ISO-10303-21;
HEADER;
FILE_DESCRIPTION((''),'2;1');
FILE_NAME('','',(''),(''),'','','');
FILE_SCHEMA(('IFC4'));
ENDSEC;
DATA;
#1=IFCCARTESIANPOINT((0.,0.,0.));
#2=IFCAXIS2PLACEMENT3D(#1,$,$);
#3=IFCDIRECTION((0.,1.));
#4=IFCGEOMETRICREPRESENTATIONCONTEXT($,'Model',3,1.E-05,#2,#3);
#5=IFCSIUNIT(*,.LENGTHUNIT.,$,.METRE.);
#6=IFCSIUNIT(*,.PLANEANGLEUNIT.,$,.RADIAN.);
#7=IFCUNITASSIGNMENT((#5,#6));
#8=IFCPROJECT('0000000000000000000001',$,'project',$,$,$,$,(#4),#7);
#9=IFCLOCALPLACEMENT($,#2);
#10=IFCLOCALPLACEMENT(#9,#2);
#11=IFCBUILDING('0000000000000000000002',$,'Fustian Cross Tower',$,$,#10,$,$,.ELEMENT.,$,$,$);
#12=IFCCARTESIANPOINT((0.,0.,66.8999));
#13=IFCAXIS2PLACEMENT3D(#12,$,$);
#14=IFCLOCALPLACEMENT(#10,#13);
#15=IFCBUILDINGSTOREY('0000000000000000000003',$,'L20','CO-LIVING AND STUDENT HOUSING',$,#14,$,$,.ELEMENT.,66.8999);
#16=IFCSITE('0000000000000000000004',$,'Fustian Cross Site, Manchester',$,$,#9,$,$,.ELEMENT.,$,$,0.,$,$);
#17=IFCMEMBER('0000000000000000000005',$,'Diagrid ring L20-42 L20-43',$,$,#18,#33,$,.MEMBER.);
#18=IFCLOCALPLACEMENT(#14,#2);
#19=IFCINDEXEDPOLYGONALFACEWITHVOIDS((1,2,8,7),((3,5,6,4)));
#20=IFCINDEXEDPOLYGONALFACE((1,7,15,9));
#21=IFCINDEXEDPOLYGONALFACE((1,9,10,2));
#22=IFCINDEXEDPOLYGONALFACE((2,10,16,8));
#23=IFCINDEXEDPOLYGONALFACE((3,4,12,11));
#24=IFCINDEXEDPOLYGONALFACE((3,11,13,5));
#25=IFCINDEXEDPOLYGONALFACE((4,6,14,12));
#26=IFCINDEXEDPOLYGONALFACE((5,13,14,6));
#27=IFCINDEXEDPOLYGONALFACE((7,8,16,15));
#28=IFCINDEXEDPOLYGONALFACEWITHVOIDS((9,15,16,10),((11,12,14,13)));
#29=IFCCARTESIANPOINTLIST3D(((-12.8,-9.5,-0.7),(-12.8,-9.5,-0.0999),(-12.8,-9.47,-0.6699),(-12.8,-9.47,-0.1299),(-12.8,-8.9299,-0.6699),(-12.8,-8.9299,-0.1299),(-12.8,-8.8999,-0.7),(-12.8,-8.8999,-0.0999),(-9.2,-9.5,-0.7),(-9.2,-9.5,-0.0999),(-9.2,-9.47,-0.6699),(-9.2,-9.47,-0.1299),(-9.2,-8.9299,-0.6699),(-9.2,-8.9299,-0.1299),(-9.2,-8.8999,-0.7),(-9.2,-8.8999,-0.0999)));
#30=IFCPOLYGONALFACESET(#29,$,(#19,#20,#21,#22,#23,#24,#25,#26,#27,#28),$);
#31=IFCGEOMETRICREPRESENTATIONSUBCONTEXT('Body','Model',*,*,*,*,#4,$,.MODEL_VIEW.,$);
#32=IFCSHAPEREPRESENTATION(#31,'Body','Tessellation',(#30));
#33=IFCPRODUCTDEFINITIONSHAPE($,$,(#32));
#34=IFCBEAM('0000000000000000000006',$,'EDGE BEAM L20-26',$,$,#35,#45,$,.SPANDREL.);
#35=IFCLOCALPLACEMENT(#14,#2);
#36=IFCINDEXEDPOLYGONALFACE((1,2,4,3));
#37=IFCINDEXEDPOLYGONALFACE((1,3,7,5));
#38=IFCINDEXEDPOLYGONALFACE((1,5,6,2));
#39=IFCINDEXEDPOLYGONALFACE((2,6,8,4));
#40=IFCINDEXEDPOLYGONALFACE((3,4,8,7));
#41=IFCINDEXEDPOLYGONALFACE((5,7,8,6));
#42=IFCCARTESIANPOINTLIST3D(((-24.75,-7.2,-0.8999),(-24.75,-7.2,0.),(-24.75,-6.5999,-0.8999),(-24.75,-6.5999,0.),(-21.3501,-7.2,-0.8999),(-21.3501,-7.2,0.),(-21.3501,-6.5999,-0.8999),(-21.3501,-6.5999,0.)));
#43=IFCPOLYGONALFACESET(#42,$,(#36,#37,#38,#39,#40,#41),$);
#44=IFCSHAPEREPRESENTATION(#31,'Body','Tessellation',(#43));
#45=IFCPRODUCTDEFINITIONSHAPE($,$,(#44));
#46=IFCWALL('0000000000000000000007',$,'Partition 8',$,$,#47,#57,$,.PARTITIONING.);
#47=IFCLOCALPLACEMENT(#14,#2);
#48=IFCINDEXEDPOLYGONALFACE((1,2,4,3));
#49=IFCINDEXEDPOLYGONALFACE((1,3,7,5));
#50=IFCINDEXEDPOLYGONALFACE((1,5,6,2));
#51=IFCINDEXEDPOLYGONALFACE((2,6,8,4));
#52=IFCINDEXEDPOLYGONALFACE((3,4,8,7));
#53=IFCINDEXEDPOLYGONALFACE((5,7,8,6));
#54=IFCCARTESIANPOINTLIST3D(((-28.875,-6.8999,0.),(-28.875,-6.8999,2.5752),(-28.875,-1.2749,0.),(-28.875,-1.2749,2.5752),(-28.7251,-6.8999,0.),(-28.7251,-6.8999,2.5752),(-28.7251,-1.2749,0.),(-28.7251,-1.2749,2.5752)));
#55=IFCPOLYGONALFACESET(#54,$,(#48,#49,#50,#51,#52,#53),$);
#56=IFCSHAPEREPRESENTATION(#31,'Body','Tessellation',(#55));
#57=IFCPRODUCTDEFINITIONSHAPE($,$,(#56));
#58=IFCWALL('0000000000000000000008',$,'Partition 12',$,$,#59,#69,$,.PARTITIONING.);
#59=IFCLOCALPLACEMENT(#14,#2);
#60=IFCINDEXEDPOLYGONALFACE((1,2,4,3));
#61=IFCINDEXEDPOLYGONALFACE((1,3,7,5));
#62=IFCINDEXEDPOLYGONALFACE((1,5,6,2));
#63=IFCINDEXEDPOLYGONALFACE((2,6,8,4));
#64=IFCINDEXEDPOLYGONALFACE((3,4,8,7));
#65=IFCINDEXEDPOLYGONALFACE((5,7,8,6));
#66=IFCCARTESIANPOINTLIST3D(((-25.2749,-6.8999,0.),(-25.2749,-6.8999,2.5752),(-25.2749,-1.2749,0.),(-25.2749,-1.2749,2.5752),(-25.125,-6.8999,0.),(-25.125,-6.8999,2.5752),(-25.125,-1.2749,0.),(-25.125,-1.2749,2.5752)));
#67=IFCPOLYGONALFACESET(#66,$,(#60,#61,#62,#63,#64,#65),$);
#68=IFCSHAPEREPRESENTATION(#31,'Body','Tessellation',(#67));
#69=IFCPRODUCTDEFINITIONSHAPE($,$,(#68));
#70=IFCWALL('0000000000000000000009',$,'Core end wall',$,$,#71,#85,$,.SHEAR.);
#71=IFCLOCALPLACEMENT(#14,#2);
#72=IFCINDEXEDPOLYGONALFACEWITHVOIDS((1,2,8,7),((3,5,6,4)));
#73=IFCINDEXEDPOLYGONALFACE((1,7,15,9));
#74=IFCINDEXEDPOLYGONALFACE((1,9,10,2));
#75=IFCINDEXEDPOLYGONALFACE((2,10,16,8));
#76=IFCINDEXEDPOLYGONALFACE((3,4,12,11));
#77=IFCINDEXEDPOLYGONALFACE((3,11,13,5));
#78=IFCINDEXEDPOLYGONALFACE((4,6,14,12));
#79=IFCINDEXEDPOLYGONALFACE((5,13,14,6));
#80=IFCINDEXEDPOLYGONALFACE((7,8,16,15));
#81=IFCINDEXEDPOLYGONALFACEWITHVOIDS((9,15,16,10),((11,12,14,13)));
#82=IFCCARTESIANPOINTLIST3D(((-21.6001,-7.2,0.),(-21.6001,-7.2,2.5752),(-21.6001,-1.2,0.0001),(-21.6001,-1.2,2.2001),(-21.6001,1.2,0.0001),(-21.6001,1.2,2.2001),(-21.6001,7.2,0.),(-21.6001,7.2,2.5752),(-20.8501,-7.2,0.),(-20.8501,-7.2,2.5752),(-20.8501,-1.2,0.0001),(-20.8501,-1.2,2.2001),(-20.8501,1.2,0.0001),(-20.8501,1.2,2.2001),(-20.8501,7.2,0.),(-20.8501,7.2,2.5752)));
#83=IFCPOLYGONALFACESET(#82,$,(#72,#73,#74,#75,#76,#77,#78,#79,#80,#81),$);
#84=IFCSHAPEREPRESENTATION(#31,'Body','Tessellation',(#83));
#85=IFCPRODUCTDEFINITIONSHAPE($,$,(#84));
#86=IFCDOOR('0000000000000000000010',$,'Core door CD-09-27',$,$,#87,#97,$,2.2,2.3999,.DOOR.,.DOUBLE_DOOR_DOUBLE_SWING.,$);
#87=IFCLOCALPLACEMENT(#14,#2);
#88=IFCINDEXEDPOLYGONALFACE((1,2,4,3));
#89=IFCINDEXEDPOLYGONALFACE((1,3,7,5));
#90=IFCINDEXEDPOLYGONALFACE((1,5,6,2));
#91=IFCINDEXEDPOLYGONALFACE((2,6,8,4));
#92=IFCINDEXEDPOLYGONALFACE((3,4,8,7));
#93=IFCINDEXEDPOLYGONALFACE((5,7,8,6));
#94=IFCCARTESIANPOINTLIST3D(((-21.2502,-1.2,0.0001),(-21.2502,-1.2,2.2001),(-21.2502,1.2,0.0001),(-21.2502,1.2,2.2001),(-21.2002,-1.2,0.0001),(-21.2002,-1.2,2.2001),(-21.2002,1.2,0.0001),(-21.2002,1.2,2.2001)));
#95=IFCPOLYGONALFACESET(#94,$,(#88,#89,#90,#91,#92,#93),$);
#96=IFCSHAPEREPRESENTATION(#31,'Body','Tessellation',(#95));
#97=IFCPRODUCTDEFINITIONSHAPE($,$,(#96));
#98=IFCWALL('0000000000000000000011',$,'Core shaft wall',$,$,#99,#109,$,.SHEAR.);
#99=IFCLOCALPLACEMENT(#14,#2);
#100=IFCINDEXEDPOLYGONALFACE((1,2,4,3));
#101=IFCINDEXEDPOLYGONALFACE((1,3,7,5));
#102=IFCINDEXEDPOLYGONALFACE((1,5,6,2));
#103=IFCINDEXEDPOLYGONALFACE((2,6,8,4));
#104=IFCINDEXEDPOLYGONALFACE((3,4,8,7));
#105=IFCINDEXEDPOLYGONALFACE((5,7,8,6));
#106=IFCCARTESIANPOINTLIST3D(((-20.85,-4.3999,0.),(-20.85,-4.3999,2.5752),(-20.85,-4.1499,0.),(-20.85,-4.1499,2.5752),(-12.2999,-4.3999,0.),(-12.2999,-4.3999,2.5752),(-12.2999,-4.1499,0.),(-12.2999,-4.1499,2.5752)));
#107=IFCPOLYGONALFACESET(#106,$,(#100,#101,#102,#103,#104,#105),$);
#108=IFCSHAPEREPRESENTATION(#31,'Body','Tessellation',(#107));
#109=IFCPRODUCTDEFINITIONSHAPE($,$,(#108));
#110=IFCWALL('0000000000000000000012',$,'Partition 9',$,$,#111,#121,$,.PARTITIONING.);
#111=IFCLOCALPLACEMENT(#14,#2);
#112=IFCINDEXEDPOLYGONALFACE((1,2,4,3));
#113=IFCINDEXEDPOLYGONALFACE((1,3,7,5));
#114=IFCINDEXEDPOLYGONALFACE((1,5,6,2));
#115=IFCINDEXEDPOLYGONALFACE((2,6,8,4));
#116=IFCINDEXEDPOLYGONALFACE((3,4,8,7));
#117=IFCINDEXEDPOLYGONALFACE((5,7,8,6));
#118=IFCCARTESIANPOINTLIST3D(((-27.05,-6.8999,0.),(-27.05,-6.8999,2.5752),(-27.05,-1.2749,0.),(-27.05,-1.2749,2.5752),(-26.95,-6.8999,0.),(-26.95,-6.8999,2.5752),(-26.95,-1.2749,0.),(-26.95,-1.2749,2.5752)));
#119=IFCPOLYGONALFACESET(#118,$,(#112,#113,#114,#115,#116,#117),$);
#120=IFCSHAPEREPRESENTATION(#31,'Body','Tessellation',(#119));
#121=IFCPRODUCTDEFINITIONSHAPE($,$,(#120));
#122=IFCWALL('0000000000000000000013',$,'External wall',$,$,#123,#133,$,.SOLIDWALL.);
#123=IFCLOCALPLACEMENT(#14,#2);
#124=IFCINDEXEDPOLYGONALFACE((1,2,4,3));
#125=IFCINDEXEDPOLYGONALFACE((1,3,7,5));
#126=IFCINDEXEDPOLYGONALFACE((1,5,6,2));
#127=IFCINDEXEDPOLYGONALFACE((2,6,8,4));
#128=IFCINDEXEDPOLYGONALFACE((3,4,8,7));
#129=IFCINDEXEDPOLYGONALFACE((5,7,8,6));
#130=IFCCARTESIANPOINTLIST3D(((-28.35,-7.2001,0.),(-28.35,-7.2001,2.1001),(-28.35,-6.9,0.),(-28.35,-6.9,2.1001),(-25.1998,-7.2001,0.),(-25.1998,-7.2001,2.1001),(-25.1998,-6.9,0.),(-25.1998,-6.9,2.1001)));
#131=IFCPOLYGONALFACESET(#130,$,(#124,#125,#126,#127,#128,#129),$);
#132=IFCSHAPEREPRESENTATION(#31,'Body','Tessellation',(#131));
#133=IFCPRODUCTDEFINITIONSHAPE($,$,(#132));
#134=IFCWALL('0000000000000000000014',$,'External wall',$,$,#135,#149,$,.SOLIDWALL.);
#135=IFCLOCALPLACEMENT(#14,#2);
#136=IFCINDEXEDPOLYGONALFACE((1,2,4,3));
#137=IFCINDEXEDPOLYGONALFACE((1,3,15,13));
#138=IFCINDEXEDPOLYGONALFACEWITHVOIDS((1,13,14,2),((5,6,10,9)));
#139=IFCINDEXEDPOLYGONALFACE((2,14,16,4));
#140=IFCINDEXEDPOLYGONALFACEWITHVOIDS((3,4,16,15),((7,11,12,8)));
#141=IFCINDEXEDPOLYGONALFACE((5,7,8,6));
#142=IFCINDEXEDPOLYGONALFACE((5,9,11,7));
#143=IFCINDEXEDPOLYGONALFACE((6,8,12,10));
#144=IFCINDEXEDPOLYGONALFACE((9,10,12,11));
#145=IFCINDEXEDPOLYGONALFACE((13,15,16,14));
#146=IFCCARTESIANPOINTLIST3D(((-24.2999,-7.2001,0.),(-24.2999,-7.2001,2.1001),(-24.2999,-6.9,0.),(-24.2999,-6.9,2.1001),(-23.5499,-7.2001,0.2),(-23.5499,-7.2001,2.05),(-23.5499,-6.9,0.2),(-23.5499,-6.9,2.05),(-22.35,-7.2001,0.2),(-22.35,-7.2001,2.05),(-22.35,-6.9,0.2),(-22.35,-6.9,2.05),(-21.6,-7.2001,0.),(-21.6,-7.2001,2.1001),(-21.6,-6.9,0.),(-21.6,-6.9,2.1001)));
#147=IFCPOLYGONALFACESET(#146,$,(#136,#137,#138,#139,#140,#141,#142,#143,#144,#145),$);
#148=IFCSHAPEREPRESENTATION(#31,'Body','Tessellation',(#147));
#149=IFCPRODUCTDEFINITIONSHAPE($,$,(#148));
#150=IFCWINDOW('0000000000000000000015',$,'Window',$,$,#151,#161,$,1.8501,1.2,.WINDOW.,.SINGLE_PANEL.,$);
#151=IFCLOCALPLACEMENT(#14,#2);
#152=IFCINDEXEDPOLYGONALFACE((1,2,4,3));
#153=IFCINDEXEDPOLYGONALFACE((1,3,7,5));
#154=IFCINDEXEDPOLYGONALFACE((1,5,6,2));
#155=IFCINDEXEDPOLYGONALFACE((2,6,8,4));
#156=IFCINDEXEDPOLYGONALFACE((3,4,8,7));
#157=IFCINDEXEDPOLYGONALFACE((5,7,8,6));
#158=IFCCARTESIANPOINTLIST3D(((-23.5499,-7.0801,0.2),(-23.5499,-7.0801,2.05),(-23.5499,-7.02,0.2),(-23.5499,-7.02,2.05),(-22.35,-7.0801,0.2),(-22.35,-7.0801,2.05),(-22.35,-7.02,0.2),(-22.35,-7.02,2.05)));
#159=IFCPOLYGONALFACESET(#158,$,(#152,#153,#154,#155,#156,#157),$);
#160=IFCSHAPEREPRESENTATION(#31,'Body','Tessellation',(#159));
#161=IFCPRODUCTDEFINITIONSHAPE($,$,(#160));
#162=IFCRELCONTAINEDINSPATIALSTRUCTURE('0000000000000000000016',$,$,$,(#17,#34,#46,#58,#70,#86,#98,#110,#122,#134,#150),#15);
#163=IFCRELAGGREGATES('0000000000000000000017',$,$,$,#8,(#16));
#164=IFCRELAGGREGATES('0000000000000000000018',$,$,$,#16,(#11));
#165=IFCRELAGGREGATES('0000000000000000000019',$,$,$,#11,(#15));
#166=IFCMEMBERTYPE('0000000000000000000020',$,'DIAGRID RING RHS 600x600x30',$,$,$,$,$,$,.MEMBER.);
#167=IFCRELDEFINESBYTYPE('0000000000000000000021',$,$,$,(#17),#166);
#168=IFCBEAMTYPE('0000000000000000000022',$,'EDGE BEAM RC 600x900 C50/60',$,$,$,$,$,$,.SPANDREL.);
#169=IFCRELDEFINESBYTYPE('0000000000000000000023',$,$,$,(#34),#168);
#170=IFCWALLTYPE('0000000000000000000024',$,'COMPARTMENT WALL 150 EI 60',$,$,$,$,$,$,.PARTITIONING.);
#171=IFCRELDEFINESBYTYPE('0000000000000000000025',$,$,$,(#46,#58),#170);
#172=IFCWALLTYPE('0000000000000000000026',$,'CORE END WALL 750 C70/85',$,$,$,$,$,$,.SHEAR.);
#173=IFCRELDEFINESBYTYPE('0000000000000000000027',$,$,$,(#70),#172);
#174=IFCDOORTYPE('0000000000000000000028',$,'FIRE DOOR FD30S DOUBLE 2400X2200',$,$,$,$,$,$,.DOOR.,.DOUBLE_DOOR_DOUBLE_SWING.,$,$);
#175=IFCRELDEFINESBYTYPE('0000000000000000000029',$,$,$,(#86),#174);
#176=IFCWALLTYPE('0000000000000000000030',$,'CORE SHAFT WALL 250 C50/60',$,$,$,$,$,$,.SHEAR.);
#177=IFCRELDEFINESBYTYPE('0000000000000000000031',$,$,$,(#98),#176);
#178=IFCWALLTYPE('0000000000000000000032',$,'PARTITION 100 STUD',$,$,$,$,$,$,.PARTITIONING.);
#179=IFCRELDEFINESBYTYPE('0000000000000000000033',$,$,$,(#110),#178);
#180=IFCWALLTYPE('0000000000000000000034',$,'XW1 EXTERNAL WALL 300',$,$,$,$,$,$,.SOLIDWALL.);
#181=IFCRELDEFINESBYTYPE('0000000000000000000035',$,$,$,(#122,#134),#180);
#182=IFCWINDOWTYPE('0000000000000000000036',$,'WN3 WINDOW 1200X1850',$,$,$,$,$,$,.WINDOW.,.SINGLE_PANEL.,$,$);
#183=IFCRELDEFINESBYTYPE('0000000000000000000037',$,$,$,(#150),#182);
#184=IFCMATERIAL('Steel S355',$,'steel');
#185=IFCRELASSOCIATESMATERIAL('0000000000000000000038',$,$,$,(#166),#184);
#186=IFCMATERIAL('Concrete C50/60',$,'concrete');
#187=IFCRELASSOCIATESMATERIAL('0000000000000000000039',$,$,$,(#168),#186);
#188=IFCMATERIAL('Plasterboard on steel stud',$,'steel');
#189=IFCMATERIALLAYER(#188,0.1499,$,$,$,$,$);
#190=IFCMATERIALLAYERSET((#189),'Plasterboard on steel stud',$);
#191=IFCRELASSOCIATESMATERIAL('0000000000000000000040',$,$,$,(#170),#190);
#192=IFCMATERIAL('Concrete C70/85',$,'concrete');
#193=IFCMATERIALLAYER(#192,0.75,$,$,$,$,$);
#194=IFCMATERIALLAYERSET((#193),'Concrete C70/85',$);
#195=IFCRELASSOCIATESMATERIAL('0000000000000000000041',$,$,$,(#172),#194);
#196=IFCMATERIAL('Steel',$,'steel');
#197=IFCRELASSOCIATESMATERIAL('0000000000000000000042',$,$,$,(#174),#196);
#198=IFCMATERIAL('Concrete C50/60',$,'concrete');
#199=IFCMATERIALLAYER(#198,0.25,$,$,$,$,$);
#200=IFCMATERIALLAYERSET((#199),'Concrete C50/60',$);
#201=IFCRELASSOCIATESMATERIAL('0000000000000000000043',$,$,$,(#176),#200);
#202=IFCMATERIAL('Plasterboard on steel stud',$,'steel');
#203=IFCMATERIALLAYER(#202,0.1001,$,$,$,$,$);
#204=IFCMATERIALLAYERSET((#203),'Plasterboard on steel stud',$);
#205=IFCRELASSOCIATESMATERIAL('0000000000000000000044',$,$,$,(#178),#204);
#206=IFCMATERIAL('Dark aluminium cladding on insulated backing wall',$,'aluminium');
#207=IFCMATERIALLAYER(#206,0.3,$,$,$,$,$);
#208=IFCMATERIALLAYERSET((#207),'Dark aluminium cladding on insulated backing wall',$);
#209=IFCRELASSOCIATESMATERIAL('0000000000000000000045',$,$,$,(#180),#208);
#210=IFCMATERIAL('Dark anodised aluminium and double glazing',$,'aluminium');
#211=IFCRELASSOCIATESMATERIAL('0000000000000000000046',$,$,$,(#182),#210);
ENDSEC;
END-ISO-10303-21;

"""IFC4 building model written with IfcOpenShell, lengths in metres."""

from ifc_helpers import new_model, si_unit, direction, frame, frame_2d, origin, origin_2d, place, context, subcontext, project, spatial, rectangle, hollow_rectangle, extrude, material, layer, layer_set, material_profile, profile_set, type_object, element, fill, save


model = new_model("IFC4")

# Units and contexts
model_context = context("Model", 3, precision=1e-05, world=origin(), true_north=direction((0.0, 1.0)))
body_context = subcontext(model_context, "Body", "Model", "MODEL_VIEW")
ifc_project = project(units=[si_unit("LENGTHUNIT", "METRE"), si_unit("PLANEANGLEUNIT", "RADIAN")], contexts=[model_context])

# Site, building, storey
site_placement = place(None, origin())
site = spatial("IfcSite", under=ifc_project, at=site_placement, Name="Fustian Cross Site, Manchester", CompositionType="ELEMENT", RefElevation=0.0)
building_placement = place(site_placement, origin())
building = spatial("IfcBuilding", under=site, at=building_placement, Name="Fustian Cross Tower", CompositionType="ELEMENT")
storey_placement = place(building_placement, frame((0.0, 0.0, 66.8999)))
storey = spatial("IfcBuildingStorey", under=building, at=storey_placement, Name="L20", Description="CO-LIVING AND STUDENT HOUSING", CompositionType="ELEMENT", Elevation=66.8999)

# Member
ifc_material_1 = material(Name="Steel S355", Category="steel")
ifc_material_profile_1 = material_profile(ifc_material_1, hollow_rectangle(XDim=0.6001, YDim=0.6001, WallThickness=0.03, at=origin_2d()), Name="RHS 600x600x30")
ifc_profile_set_1 = profile_set([ifc_material_profile_1], Name="Steel S355")
member_type_1 = type_object("IfcMemberType", Name="DIAGRID RING RHS 600x600x30", PredefinedType="MEMBER", material=ifc_profile_set_1)
member_1_placement = place(storey_placement, frame((-12.8, -9.2, -0.3999), z_axis=(1.0, 0.0, 0.0), x_axis=(0.0, 1.0, 0.0)))
element("IfcMember", 1, at=member_1_placement, inside=storey, type_object=member_type_1, Name="Diagrid ring L20-42 L20-43", PredefinedType="MEMBER", context=body_context, shape_type="SweptSolid", body=[
    extrude(hollow_rectangle(XDim=0.6001, YDim=0.6001, WallThickness=0.03, at=origin_2d()), origin(), (0.0, 0.0, 1.0), 3.6001),
])

# Beam
ifc_material_2 = material(Name="Concrete C50/60", Category="concrete")
ifc_material_profile_2 = material_profile(ifc_material_2, rectangle(XDim=0.6001, YDim=0.8999, at=origin_2d()), Name="RC 600x900")
ifc_profile_set_2 = profile_set([ifc_material_profile_2], Name="Concrete C50/60")
beam_type = type_object("IfcBeamType", Name="EDGE BEAM RC 600x900 C50/60", PredefinedType="SPANDREL", material=ifc_profile_set_2)
beam_placement = place(storey_placement, frame((-24.75, -6.8999, -0.45), z_axis=(1.0, 0.0, 0.0), x_axis=(0.0, 1.0, 0.0)))
element("IfcBeam", 2, at=beam_placement, inside=storey, type_object=beam_type, Name="EDGE BEAM L20-26", PredefinedType="SPANDREL", context=body_context, shape_type="SweptSolid", body=[
    extrude(rectangle(XDim=0.6001, YDim=0.8999, at=origin_2d()), origin(), (0.0, 0.0, 1.0), 3.3999),
])

# Walls
ifc_material_3 = material(Name="Plasterboard on steel stud", Category="steel")
ifc_layer_1 = layer(ifc_material_3, 0.1499)
ifc_layer_set_1 = layer_set([ifc_layer_1], Name="Plasterboard on steel stud")
wall_type_1 = type_object("IfcWallType", Name="COMPARTMENT WALL 150 EI 60", PredefinedType="PARTITIONING", material=ifc_layer_set_1)
for number, where, z_axis, x_axis, name in (
    (3, (-28.8, -6.8999, 0.0), (0.0, 0.0, 1.0), (0.0, 1.0, 0.0), "Partition 8"),
    (4, (-25.2, -6.8999, 0.0), (0.0, 0.0, 1.0), (0.0, 1.0, 0.0), "Partition 12"),
):
    element("IfcWall", number, at=place(storey_placement, frame(where, z_axis=z_axis, x_axis=x_axis)), inside=storey, type_object=wall_type_1, Name=name, PredefinedType="PARTITIONING", context=body_context, shape_type="SweptSolid", body=[
        extrude(rectangle(XDim=5.625, YDim=0.1499, at=frame_2d((2.8125, 0.0))), origin(), (0.0, 0.0, 1.0), 2.5752),
    ])

# Wall, opening, door
ifc_material_4 = material(Name="Concrete C70/85", Category="concrete")
ifc_layer_2 = layer(ifc_material_4, 0.75)
ifc_layer_set_2 = layer_set([ifc_layer_2], Name="Concrete C70/85")
wall_type_2 = type_object("IfcWallType", Name="CORE END WALL 750 C70/85", PredefinedType="SHEAR", material=ifc_layer_set_2)
wall_1_placement = place(storey_placement, frame((-21.2251, -7.2, 0.0), z_axis=(0.0, 0.0, 1.0), x_axis=(0.0, 1.0, 0.0)))
wall_1 = element("IfcWall", 5, at=wall_1_placement, inside=storey, type_object=wall_type_2, Name="Core end wall", PredefinedType="SHEAR", context=body_context, shape_type="SweptSolid", body=[
    extrude(rectangle(XDim=14.3999, YDim=0.75, at=frame_2d((7.2, 0.0))), origin(), (0.0, 0.0, 1.0), 2.5752),
])
opening_1_placement = place(wall_1_placement, frame((6.0, 0.0, 0.0)))
opening_1 = element("IfcOpeningElement", 6, at=opening_1_placement, cuts=wall_1, PredefinedType="OPENING", context=body_context, shape_type="SweptSolid", body=[
    extrude(rectangle(XDim=2.3999, YDim=2.2, at=frame_2d((1.2, 1.1001))), frame((0.0, 0.385, 0.0), z_axis=(0.0, -1.0, 0.0), x_axis=(1.0, 0.0, 0.0)), (0.0, 0.0, 1.0), 0.77),
])
ifc_material_5 = material(Name="Steel", Category="steel")
door_type = type_object("IfcDoorType", Name="FIRE DOOR FD30S DOUBLE 2400X2200", OperationType="DOUBLE_DOOR_DOUBLE_SWING", PredefinedType="DOOR", material=ifc_material_5)
door_placement = place(opening_1_placement, frame((2.3999, 0.0, 0.0), z_axis=(0.0, 0.0, 1.0), x_axis=(-1.0, 0.0, 0.0)))
door = element("IfcDoor", 7, at=door_placement, inside=storey, type_object=door_type, Name="Core door CD-09-27", OperationType="DOUBLE_DOOR_DOUBLE_SWING", OverallHeight=2.2, OverallWidth=2.3999, PredefinedType="DOOR", context=body_context, shape_type="SweptSolid", body=[
    extrude(rectangle(XDim=2.3999, YDim=2.2, at=frame_2d((1.2, 1.1001))), frame((0.0, 0.0249, 0.0), z_axis=(0.0, -1.0, 0.0), x_axis=(1.0, 0.0, 0.0)), (0.0, 0.0, 1.0), 0.05),
])
fill(opening_1, door)

# Walls
ifc_material_6 = material(Name="Concrete C50/60", Category="concrete")
ifc_layer_3 = layer(ifc_material_6, 0.25)
ifc_layer_set_3 = layer_set([ifc_layer_3], Name="Concrete C50/60")
wall_type_3 = type_object("IfcWallType", Name="CORE SHAFT WALL 250 C50/60", PredefinedType="SHEAR", material=ifc_layer_set_3)
wall_2_placement = place(storey_placement, frame((-12.3, -4.2749, 0.0), z_axis=(0.0, 0.0, 1.0), x_axis=(-1.0, 0.0, 0.0)))
element("IfcWall", 8, at=wall_2_placement, inside=storey, type_object=wall_type_3, Name="Core shaft wall", PredefinedType="SHEAR", context=body_context, shape_type="SweptSolid", body=[
    extrude(rectangle(XDim=8.55, YDim=0.25, at=frame_2d((4.2749, 0.0))), origin(), (0.0, 0.0, 1.0), 2.5752),
])
ifc_material_7 = material(Name="Plasterboard on steel stud", Category="steel")
ifc_layer_4 = layer(ifc_material_7, 0.1001)
ifc_layer_set_4 = layer_set([ifc_layer_4], Name="Plasterboard on steel stud")
wall_type_4 = type_object("IfcWallType", Name="PARTITION 100 STUD", PredefinedType="PARTITIONING", material=ifc_layer_set_4)
wall_3_placement = place(storey_placement, frame((-27.0, -6.8999, 0.0), z_axis=(0.0, 0.0, 1.0), x_axis=(0.0, 1.0, 0.0)))
element("IfcWall", 9, at=wall_3_placement, inside=storey, type_object=wall_type_4, Name="Partition 9", PredefinedType="PARTITIONING", context=body_context, shape_type="SweptSolid", body=[
    extrude(rectangle(XDim=5.625, YDim=0.1001, at=frame_2d((2.8125, 0.0))), origin(), (0.0, 0.0, 1.0), 2.5752),
])
ifc_material_8 = material(Name="Dark aluminium cladding on insulated backing wall", Category="aluminium")
ifc_layer_5 = layer(ifc_material_8, 0.3)
ifc_layer_set_5 = layer_set([ifc_layer_5], Name="Dark aluminium cladding on insulated backing wall")
wall_type_5 = type_object("IfcWallType", Name="XW1 EXTERNAL WALL 300", PredefinedType="SOLIDWALL", material=ifc_layer_set_5)
wall_4_placement = place(storey_placement, frame((-28.3501, -7.05, 0.0), z_axis=(0.0, 0.0, 1.0), x_axis=(1.0, 0.0, 0.0)))
element("IfcWall", 10, at=wall_4_placement, inside=storey, type_object=wall_type_5, Name="External wall", PredefinedType="SOLIDWALL", context=body_context, shape_type="SweptSolid", body=[
    extrude(rectangle(XDim=3.1501, YDim=0.3, at=frame_2d((1.5752, 0.0))), origin(), (0.0, 0.0, 1.0), 2.1001),
])

# Wall, opening, window
wall_5_placement = place(storey_placement, frame((-24.3, -7.05, 0.0), z_axis=(0.0, 0.0, 1.0), x_axis=(1.0, 0.0, 0.0)))
wall_5 = element("IfcWall", 11, at=wall_5_placement, inside=storey, type_object=wall_type_5, Name="External wall", PredefinedType="SOLIDWALL", context=body_context, shape_type="SweptSolid", body=[
    extrude(rectangle(XDim=2.7, YDim=0.3, at=frame_2d((1.3501, 0.0))), origin(), (0.0, 0.0, 1.0), 2.1001),
])
opening_2_placement = place(wall_5_placement, frame((0.75, 0.0, 0.2)))
opening_2 = element("IfcOpeningElement", 12, at=opening_2_placement, cuts=wall_5, PredefinedType="OPENING", context=body_context, shape_type="SweptSolid", body=[
    extrude(rectangle(XDim=1.2, YDim=1.8501, at=frame_2d((0.6001, 0.925))), frame((0.0, 0.1599, 0.0), z_axis=(0.0, -1.0, 0.0), x_axis=(1.0, 0.0, 0.0)), (0.0, 0.0, 1.0), 0.3201),
])
ifc_material_9 = material(Name="Dark anodised aluminium and double glazing", Category="aluminium")
window_type = type_object("IfcWindowType", Name="WN3 WINDOW 1200X1850", PartitioningType="SINGLE_PANEL", PredefinedType="WINDOW", material=ifc_material_9)
window_placement = place(opening_2_placement, origin())
window = element("IfcWindow", 13, at=window_placement, inside=storey, type_object=window_type, Name="Window", OverallHeight=1.8501, OverallWidth=1.2, PartitioningType="SINGLE_PANEL", PredefinedType="WINDOW", context=body_context, shape_type="SweptSolid", body=[
    extrude(rectangle(XDim=1.2, YDim=1.8501, at=frame_2d((0.6001, 0.925))), frame((0.0, 0.03, 0.0), z_axis=(0.0, -1.0, 0.0), x_axis=(1.0, 0.0, 0.0)), (0.0, 0.0, 1.0), 0.0601),
])
fill(opening_2, window)

save(model, "model.ifc")
